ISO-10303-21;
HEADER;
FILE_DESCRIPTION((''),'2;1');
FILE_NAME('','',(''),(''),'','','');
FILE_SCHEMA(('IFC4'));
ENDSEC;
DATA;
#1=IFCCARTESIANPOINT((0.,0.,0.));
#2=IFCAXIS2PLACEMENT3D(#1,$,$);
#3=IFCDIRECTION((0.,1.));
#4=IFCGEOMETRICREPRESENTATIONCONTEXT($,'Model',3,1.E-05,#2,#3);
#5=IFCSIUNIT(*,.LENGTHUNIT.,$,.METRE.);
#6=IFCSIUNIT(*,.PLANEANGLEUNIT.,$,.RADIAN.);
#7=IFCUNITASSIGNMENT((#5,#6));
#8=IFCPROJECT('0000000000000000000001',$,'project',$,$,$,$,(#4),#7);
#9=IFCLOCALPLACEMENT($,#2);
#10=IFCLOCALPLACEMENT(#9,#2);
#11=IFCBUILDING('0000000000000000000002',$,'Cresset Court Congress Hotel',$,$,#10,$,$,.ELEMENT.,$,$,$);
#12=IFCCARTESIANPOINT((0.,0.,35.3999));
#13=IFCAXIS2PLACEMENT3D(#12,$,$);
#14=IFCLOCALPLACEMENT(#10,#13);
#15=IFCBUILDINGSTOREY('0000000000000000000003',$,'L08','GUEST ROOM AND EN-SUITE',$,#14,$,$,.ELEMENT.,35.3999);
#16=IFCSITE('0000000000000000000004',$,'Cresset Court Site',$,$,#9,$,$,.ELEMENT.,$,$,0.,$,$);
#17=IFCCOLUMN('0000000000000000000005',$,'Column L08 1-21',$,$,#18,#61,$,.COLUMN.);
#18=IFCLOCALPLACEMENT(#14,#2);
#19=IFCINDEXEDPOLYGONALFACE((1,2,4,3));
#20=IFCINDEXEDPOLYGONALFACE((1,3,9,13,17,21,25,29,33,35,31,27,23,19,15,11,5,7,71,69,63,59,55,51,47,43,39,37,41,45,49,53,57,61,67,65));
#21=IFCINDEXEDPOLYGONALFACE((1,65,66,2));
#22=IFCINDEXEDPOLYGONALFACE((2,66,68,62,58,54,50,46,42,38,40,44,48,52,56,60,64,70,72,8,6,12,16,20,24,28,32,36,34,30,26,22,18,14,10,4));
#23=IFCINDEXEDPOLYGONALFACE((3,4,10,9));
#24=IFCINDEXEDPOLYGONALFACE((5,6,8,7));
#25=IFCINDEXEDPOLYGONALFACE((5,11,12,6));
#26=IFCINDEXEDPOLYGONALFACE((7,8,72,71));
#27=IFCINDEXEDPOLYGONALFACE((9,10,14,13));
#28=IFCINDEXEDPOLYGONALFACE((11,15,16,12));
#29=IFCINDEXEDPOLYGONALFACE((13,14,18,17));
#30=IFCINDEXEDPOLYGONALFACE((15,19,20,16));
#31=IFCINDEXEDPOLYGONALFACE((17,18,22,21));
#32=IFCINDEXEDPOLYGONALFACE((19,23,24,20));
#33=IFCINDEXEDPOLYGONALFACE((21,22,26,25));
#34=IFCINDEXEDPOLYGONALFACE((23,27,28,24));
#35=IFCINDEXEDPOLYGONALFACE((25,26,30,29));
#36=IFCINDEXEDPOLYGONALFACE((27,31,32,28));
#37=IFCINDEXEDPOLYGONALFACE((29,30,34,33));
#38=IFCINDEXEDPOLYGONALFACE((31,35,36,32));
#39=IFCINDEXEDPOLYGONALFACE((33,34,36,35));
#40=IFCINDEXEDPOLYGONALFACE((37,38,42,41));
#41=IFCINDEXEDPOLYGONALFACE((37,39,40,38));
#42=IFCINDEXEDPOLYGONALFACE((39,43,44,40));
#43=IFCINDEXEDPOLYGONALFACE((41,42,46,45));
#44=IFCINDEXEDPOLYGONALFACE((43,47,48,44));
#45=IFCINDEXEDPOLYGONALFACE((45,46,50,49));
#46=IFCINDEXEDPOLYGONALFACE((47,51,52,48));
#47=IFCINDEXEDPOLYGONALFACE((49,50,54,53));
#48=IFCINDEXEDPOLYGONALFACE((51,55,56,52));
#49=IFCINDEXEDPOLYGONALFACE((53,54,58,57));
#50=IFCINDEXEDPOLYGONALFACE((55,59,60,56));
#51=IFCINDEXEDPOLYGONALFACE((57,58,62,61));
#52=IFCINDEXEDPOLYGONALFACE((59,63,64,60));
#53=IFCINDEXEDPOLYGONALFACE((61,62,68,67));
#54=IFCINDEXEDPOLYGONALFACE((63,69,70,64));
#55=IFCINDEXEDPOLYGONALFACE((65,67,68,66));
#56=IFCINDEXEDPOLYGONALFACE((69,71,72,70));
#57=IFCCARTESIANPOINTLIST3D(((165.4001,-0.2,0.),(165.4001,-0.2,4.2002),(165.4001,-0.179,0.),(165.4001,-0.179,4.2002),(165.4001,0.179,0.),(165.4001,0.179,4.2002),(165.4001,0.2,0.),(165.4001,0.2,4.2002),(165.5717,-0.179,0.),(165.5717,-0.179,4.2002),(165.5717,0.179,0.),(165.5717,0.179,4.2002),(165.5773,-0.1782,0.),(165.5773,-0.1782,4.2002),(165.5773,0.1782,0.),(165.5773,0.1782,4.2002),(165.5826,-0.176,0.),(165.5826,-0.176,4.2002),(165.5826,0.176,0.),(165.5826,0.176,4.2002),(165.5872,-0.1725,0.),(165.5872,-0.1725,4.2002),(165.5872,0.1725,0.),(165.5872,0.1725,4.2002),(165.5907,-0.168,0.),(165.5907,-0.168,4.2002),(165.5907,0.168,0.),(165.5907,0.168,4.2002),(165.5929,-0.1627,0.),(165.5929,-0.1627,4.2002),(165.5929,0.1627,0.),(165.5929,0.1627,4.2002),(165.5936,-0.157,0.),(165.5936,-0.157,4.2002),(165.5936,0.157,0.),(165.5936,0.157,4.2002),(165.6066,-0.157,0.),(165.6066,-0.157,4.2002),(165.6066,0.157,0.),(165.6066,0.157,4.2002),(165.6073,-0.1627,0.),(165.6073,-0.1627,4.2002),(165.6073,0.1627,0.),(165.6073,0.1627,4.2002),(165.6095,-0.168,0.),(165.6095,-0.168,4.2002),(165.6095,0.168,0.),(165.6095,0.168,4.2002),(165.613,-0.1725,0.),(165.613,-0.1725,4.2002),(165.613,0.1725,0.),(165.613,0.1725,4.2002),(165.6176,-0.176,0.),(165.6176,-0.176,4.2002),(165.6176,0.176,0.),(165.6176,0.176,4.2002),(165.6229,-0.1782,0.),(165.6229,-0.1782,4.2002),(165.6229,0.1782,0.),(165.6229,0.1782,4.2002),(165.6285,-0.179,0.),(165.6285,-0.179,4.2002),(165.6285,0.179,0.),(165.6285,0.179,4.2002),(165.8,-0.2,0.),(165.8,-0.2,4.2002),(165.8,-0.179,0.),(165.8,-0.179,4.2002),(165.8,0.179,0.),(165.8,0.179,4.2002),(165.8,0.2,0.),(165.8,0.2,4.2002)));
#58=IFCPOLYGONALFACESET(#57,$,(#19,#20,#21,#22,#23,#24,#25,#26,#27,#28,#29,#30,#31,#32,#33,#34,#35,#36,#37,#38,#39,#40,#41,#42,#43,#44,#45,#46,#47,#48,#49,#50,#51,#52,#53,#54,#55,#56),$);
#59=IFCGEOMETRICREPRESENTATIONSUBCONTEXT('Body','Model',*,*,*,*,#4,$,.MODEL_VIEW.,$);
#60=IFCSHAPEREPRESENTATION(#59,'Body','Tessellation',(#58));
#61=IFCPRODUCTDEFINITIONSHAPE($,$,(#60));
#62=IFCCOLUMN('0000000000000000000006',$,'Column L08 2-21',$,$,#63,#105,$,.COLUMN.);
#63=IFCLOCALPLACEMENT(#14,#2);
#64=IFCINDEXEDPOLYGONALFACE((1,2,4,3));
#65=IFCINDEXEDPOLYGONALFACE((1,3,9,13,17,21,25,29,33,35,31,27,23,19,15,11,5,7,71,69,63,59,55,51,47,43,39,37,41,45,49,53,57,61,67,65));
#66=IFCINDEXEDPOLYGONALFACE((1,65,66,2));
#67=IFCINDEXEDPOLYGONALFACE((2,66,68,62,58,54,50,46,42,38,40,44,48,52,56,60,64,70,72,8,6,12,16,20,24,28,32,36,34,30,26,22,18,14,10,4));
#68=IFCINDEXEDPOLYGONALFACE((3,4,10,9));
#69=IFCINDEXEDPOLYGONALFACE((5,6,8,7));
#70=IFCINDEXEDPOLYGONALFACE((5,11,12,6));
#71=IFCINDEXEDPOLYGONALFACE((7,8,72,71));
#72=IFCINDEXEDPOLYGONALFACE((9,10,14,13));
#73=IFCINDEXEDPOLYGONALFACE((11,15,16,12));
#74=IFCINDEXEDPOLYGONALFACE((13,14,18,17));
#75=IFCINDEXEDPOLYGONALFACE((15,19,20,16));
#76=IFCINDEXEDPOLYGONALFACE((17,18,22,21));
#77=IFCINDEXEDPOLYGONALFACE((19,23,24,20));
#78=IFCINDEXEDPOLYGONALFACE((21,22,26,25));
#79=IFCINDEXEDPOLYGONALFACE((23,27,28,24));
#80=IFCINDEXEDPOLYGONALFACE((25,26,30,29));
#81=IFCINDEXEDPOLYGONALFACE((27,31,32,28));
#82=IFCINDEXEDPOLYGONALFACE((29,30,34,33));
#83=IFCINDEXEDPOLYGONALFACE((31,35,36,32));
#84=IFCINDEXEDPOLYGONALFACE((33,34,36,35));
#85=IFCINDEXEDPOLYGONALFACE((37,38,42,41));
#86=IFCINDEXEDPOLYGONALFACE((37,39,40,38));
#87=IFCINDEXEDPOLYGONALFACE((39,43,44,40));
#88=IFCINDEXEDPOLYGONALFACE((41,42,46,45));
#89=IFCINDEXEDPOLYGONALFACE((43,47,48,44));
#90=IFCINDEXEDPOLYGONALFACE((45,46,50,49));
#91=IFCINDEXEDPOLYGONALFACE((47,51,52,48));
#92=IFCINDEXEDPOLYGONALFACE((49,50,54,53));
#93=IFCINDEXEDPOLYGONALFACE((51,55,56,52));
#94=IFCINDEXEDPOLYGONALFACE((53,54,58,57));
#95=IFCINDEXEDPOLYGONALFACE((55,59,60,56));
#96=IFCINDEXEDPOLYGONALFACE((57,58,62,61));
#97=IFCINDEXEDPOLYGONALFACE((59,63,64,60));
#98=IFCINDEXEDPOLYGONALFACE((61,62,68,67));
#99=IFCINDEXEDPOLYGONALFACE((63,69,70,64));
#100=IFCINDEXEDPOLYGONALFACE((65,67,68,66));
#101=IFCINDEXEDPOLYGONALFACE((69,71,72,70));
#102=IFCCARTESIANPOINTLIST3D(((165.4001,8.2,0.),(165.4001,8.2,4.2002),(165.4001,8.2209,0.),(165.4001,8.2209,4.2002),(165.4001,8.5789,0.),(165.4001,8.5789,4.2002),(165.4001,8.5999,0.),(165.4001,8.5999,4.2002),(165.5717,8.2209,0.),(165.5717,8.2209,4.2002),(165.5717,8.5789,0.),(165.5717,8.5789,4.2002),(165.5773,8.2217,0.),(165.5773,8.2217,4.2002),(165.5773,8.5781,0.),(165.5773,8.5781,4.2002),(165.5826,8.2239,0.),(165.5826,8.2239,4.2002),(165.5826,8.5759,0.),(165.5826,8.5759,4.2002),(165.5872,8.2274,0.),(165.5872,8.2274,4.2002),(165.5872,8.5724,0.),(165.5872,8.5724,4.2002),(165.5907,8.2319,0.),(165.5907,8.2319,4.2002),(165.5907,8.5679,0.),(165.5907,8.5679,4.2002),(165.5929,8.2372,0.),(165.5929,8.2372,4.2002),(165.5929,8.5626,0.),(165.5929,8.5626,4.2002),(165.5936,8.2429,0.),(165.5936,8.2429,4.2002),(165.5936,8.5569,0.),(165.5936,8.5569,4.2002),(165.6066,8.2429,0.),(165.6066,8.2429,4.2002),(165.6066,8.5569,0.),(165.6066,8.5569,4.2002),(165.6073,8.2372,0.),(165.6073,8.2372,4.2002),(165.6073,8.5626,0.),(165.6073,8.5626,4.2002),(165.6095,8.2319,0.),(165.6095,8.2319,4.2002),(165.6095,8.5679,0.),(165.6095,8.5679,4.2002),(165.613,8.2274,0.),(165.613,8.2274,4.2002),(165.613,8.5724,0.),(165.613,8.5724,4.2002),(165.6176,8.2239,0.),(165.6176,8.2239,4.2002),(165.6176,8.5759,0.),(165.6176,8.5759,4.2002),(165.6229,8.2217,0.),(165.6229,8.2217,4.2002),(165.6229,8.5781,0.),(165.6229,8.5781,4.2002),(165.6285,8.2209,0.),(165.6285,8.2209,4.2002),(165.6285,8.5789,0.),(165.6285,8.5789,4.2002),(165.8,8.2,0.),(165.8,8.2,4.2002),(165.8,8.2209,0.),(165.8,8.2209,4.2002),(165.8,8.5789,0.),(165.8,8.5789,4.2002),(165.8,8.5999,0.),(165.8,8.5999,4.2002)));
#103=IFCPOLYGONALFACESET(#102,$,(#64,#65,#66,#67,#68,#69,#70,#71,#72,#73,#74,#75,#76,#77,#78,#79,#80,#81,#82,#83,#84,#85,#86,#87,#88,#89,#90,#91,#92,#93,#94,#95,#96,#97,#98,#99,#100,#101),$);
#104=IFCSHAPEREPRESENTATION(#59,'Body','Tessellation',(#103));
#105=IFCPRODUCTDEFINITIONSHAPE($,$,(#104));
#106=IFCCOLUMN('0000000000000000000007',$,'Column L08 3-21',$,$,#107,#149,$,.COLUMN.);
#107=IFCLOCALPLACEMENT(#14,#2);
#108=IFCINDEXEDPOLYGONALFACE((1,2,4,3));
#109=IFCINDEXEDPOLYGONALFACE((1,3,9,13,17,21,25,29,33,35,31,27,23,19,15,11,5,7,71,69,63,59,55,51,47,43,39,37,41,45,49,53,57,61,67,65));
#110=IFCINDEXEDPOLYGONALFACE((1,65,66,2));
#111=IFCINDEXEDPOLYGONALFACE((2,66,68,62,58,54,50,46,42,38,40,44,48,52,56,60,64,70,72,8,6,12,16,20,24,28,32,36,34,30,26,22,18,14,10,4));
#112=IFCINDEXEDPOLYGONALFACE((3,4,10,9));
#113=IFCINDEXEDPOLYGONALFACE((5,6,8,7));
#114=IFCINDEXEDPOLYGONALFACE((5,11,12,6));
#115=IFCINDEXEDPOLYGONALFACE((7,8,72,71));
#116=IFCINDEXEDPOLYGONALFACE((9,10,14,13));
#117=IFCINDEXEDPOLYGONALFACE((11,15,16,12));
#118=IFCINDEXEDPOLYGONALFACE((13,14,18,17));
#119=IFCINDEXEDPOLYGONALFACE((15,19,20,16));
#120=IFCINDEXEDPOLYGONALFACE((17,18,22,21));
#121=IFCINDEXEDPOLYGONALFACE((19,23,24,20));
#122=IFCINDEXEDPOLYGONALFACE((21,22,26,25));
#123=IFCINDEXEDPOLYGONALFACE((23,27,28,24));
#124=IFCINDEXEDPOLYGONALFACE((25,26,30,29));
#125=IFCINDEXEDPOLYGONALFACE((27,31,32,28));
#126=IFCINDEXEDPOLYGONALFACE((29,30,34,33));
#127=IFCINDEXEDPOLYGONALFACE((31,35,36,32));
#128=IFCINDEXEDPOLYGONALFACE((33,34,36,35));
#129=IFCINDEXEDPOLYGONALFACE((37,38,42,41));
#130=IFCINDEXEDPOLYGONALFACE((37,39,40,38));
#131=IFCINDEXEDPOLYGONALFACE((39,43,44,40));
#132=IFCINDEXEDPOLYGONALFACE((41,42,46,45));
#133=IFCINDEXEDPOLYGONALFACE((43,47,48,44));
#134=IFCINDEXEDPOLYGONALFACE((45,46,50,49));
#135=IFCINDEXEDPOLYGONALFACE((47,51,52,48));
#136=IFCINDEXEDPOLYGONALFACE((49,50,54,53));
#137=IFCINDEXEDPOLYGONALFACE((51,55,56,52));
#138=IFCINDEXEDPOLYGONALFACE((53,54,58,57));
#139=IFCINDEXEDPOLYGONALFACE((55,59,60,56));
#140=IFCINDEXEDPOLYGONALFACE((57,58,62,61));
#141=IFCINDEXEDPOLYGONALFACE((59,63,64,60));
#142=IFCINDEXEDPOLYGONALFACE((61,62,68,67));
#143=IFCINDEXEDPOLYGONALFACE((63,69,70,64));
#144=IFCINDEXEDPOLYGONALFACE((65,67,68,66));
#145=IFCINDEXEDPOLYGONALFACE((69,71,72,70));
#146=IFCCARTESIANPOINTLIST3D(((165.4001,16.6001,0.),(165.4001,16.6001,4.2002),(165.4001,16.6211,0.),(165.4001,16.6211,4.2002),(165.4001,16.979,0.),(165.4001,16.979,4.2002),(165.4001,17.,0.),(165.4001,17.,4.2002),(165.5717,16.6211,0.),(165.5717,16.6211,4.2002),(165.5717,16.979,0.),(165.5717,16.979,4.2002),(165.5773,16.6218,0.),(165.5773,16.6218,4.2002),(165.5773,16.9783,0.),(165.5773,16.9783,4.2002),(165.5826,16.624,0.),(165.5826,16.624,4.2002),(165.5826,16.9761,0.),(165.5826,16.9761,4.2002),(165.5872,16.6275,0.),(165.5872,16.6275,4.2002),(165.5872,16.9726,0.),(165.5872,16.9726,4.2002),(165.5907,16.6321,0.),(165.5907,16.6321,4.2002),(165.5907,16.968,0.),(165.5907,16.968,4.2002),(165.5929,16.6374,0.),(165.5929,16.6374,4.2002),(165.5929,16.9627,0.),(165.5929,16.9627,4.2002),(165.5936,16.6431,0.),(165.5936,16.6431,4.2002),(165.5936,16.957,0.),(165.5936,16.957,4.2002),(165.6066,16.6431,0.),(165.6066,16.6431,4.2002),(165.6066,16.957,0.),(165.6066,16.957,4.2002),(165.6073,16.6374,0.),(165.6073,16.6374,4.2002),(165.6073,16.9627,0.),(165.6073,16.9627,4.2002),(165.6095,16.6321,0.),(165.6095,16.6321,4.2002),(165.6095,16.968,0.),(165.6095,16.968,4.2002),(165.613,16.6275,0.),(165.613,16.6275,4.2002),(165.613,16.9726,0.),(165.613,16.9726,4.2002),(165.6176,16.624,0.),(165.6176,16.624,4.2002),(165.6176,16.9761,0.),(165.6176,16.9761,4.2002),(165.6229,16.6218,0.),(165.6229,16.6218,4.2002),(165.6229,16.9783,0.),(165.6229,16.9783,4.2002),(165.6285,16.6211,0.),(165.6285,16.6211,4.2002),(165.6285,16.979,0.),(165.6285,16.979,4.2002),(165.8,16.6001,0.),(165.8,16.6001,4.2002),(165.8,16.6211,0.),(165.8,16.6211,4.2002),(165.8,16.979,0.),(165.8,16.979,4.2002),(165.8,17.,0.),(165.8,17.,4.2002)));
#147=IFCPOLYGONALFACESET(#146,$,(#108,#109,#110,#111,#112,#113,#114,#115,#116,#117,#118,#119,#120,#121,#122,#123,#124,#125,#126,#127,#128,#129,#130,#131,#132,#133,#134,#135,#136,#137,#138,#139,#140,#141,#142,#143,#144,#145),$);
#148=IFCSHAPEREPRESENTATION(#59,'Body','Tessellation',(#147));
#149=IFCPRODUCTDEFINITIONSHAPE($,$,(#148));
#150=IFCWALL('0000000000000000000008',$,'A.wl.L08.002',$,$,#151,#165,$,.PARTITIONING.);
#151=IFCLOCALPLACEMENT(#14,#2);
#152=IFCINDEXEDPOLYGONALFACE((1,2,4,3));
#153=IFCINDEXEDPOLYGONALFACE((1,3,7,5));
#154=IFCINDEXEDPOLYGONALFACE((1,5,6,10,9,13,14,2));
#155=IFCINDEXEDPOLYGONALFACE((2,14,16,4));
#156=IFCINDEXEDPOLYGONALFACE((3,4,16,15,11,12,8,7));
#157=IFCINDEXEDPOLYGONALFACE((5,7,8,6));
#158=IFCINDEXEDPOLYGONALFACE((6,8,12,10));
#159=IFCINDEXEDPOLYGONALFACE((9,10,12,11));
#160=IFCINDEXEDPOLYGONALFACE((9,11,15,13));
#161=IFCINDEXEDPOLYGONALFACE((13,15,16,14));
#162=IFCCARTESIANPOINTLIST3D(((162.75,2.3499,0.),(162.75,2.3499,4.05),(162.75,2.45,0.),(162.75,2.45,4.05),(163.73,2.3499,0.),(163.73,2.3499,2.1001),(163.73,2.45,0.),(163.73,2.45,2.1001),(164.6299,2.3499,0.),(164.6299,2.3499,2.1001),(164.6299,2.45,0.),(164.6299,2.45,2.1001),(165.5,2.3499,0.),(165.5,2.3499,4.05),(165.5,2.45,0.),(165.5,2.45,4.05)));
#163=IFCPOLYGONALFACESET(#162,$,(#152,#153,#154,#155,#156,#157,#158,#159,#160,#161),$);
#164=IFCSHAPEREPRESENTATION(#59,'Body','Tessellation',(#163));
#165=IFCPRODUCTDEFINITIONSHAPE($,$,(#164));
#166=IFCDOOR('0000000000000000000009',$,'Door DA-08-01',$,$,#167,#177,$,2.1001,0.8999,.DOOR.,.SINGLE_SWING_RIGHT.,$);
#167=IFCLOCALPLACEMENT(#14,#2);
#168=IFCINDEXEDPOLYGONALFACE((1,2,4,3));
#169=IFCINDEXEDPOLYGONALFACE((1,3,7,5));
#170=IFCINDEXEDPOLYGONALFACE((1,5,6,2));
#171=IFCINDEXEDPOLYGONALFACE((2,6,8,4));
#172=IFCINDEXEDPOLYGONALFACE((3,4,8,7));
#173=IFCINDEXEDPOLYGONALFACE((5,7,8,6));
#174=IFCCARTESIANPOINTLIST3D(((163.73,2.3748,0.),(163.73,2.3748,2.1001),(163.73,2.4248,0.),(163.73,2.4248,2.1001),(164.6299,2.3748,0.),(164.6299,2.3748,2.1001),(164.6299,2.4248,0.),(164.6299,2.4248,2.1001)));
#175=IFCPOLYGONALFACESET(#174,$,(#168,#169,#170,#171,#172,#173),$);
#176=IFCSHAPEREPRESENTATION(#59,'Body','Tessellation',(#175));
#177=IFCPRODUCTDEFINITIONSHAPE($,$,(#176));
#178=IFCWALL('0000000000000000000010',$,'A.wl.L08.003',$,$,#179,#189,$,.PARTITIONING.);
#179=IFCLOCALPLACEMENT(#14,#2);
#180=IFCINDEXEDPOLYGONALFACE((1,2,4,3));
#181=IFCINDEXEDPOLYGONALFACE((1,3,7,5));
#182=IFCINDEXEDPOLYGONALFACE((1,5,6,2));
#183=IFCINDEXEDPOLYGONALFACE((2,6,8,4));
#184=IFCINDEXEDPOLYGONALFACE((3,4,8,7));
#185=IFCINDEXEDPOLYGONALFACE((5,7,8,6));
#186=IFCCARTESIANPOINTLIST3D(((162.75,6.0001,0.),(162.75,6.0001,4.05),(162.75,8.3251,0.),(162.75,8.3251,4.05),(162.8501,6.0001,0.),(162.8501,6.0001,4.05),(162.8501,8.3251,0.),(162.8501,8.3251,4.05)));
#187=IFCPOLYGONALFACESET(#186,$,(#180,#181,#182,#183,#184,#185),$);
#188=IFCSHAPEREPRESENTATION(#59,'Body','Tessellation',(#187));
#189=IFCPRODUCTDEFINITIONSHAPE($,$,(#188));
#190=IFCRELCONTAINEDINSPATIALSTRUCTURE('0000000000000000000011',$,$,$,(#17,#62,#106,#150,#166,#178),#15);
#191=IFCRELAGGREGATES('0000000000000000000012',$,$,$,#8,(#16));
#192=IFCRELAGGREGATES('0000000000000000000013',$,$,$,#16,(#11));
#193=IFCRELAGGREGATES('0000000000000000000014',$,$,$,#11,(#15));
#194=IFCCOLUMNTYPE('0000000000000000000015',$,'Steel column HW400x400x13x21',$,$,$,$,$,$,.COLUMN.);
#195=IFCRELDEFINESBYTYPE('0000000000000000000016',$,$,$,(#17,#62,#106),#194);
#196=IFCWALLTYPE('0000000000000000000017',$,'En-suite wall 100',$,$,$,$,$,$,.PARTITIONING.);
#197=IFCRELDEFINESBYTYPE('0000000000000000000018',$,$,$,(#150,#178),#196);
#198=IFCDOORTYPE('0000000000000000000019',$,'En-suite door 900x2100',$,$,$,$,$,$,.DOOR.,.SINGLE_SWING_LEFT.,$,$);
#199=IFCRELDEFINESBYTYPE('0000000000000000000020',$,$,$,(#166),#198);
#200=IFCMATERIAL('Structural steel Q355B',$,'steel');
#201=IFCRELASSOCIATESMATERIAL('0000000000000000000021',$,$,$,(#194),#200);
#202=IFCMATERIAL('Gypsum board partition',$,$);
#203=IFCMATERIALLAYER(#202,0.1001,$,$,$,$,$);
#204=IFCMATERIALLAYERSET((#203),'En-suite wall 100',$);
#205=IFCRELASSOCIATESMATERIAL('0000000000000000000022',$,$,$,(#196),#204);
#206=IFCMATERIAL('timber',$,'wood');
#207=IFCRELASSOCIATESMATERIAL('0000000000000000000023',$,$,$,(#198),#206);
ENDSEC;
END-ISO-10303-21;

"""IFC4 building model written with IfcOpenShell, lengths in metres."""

from ifc_helpers import new_model, si_unit, direction, frame, frame_2d, origin, origin_2d, place, context, subcontext, project, spatial, rectangle, i_section, extrude, material, layer, layer_set, material_profile, profile_set, type_object, element, fill, save


model = new_model("IFC4")

# Units and contexts
model_context = context("Model", 3, precision=1e-05, world=origin(), true_north=direction((0.0, 1.0)))
body_context = subcontext(model_context, "Body", "Model", "MODEL_VIEW")
ifc_project = project(units=[si_unit("LENGTHUNIT", "METRE"), si_unit("PLANEANGLEUNIT", "RADIAN")], contexts=[model_context])

# Site, building, storey
site_placement = place(None, origin())
site = spatial("IfcSite", under=ifc_project, at=site_placement, Name="Cresset Court Site", CompositionType="ELEMENT", RefElevation=0.0)
building_placement = place(site_placement, origin())
building = spatial("IfcBuilding", under=site, at=building_placement, Name="Cresset Court Congress Hotel", CompositionType="ELEMENT")
storey_placement = place(building_placement, frame((0.0, 0.0, 35.3999)))
storey = spatial("IfcBuildingStorey", under=building, at=storey_placement, Name="L08", Description="GUEST ROOM AND EN-SUITE", CompositionType="ELEMENT", Elevation=35.3999)

# Columns
ifc_material_1 = material(Name="Structural steel Q355B", Category="steel")
ifc_material_profile = material_profile(ifc_material_1, i_section(OverallWidth=0.3999, OverallDepth=0.3999, WebThickness=0.0129, FlangeThickness=0.021, FilletRadius=0.022, at=origin_2d()), Name="HW400x400x13x21")
ifc_profile_set = profile_set([ifc_material_profile], Name="Structural steel Q355B")
column_type = type_object("IfcColumnType", Name="Steel column HW400x400x13x21", PredefinedType="COLUMN", material=ifc_profile_set)
for number, where, z_axis, x_axis, name in (
    (1, (165.6001, 0.0, 0.0), (0.0, 0.0, 1.0), (1.0, 0.0, 0.0), "Column L08 1-21"),
    (2, (165.6001, 8.3999, 0.0), (0.0, 0.0, 1.0), (1.0, 0.0, 0.0), "Column L08 2-21"),
    (3, (165.6001, 16.8, 0.0), (0.0, 0.0, 1.0), (1.0, 0.0, 0.0), "Column L08 3-21"),
):
    element("IfcColumn", number, at=place(storey_placement, frame(where, z_axis=z_axis, x_axis=x_axis)), inside=storey, type_object=column_type, Name=name, PredefinedType="COLUMN", context=body_context, shape_type="SweptSolid", body=[
        extrude(i_section(OverallWidth=0.3999, OverallDepth=0.3999, WebThickness=0.0129, FlangeThickness=0.021, FilletRadius=0.022, at=origin_2d()), origin(), (0.0, 0.0, 1.0), 4.2002),
    ])

# Shared definitions
ifc_material_2 = material(Name="Gypsum board partition")
ifc_layer_1 = layer(ifc_material_2, 0.1001)
ifc_layer_set_1 = layer_set([ifc_layer_1], Name="En-suite wall 100")
wall_type_1 = type_object("IfcWallType", Name="En-suite wall 100", PredefinedType="PARTITIONING", material=ifc_layer_set_1)

# Wall, opening, door
wall_1_placement = place(storey_placement, frame((162.75, 2.3999, 0.0), z_axis=(0.0, 0.0, 1.0), x_axis=(1.0, 0.0, 0.0)))
wall_1 = element("IfcWall", 4, at=wall_1_placement, inside=storey, type_object=wall_type_1, Name="A.wl.L08.002", PredefinedType="PARTITIONING", context=body_context, shape_type="SweptSolid", body=[
    extrude(rectangle(XDim=2.75, YDim=0.1001, at=frame_2d((1.375, 0.0))), origin(), (0.0, 0.0, 1.0), 4.05),
])
opening_1_placement = place(wall_1_placement, frame((0.98, 0.0, 0.0)))
opening_1 = element("IfcOpeningElement", 5, at=opening_1_placement, cuts=wall_1, PredefinedType="OPENING", context=body_context, shape_type="SweptSolid", body=[
    extrude(rectangle(XDim=0.8999, YDim=2.1001, at=frame_2d((0.45, 1.05))), frame((0.0, 0.0601, 0.0), z_axis=(0.0, -1.0, 0.0), x_axis=(1.0, 0.0, 0.0)), (0.0, 0.0, 1.0), 0.1201),
])
ifc_material_3 = material(Name="timber", Category="wood")
door_type = type_object("IfcDoorType", Name="En-suite door 900x2100", OperationType="SINGLE_SWING_LEFT", PredefinedType="DOOR", material=ifc_material_3)
door_1_placement = place(opening_1_placement, origin())
door_1 = element("IfcDoor", 6, at=door_1_placement, inside=storey, type_object=door_type, Name="Door DA-08-01", OperationType="SINGLE_SWING_RIGHT", OverallHeight=2.1001, OverallWidth=0.8999, PredefinedType="DOOR", context=body_context, shape_type="SweptSolid", body=[
    extrude(rectangle(XDim=0.8999, YDim=2.1001, at=frame_2d((0.45, 1.05))), frame((0.0, 0.0249, 0.0), z_axis=(0.0, -1.0, 0.0), x_axis=(1.0, 0.0, 0.0)), (0.0, 0.0, 1.0), 0.05),
])
fill(opening_1, door_1)

# Wall
wall_2_placement = place(storey_placement, frame((162.8, 6.0, 0.0), z_axis=(0.0, 0.0, 1.0), x_axis=(0.0, 1.0, 0.0)))
element("IfcWall", 7, at=wall_2_placement, inside=storey, type_object=wall_type_1, Name="A.wl.L08.003", PredefinedType="PARTITIONING", context=body_context, shape_type="SweptSolid", body=[
    extrude(rectangle(XDim=2.325, YDim=0.1001, at=frame_2d((1.1626, 0.0))), origin(), (0.0, 0.0, 1.0), 4.05),
])

save(model, "model.ifc")
